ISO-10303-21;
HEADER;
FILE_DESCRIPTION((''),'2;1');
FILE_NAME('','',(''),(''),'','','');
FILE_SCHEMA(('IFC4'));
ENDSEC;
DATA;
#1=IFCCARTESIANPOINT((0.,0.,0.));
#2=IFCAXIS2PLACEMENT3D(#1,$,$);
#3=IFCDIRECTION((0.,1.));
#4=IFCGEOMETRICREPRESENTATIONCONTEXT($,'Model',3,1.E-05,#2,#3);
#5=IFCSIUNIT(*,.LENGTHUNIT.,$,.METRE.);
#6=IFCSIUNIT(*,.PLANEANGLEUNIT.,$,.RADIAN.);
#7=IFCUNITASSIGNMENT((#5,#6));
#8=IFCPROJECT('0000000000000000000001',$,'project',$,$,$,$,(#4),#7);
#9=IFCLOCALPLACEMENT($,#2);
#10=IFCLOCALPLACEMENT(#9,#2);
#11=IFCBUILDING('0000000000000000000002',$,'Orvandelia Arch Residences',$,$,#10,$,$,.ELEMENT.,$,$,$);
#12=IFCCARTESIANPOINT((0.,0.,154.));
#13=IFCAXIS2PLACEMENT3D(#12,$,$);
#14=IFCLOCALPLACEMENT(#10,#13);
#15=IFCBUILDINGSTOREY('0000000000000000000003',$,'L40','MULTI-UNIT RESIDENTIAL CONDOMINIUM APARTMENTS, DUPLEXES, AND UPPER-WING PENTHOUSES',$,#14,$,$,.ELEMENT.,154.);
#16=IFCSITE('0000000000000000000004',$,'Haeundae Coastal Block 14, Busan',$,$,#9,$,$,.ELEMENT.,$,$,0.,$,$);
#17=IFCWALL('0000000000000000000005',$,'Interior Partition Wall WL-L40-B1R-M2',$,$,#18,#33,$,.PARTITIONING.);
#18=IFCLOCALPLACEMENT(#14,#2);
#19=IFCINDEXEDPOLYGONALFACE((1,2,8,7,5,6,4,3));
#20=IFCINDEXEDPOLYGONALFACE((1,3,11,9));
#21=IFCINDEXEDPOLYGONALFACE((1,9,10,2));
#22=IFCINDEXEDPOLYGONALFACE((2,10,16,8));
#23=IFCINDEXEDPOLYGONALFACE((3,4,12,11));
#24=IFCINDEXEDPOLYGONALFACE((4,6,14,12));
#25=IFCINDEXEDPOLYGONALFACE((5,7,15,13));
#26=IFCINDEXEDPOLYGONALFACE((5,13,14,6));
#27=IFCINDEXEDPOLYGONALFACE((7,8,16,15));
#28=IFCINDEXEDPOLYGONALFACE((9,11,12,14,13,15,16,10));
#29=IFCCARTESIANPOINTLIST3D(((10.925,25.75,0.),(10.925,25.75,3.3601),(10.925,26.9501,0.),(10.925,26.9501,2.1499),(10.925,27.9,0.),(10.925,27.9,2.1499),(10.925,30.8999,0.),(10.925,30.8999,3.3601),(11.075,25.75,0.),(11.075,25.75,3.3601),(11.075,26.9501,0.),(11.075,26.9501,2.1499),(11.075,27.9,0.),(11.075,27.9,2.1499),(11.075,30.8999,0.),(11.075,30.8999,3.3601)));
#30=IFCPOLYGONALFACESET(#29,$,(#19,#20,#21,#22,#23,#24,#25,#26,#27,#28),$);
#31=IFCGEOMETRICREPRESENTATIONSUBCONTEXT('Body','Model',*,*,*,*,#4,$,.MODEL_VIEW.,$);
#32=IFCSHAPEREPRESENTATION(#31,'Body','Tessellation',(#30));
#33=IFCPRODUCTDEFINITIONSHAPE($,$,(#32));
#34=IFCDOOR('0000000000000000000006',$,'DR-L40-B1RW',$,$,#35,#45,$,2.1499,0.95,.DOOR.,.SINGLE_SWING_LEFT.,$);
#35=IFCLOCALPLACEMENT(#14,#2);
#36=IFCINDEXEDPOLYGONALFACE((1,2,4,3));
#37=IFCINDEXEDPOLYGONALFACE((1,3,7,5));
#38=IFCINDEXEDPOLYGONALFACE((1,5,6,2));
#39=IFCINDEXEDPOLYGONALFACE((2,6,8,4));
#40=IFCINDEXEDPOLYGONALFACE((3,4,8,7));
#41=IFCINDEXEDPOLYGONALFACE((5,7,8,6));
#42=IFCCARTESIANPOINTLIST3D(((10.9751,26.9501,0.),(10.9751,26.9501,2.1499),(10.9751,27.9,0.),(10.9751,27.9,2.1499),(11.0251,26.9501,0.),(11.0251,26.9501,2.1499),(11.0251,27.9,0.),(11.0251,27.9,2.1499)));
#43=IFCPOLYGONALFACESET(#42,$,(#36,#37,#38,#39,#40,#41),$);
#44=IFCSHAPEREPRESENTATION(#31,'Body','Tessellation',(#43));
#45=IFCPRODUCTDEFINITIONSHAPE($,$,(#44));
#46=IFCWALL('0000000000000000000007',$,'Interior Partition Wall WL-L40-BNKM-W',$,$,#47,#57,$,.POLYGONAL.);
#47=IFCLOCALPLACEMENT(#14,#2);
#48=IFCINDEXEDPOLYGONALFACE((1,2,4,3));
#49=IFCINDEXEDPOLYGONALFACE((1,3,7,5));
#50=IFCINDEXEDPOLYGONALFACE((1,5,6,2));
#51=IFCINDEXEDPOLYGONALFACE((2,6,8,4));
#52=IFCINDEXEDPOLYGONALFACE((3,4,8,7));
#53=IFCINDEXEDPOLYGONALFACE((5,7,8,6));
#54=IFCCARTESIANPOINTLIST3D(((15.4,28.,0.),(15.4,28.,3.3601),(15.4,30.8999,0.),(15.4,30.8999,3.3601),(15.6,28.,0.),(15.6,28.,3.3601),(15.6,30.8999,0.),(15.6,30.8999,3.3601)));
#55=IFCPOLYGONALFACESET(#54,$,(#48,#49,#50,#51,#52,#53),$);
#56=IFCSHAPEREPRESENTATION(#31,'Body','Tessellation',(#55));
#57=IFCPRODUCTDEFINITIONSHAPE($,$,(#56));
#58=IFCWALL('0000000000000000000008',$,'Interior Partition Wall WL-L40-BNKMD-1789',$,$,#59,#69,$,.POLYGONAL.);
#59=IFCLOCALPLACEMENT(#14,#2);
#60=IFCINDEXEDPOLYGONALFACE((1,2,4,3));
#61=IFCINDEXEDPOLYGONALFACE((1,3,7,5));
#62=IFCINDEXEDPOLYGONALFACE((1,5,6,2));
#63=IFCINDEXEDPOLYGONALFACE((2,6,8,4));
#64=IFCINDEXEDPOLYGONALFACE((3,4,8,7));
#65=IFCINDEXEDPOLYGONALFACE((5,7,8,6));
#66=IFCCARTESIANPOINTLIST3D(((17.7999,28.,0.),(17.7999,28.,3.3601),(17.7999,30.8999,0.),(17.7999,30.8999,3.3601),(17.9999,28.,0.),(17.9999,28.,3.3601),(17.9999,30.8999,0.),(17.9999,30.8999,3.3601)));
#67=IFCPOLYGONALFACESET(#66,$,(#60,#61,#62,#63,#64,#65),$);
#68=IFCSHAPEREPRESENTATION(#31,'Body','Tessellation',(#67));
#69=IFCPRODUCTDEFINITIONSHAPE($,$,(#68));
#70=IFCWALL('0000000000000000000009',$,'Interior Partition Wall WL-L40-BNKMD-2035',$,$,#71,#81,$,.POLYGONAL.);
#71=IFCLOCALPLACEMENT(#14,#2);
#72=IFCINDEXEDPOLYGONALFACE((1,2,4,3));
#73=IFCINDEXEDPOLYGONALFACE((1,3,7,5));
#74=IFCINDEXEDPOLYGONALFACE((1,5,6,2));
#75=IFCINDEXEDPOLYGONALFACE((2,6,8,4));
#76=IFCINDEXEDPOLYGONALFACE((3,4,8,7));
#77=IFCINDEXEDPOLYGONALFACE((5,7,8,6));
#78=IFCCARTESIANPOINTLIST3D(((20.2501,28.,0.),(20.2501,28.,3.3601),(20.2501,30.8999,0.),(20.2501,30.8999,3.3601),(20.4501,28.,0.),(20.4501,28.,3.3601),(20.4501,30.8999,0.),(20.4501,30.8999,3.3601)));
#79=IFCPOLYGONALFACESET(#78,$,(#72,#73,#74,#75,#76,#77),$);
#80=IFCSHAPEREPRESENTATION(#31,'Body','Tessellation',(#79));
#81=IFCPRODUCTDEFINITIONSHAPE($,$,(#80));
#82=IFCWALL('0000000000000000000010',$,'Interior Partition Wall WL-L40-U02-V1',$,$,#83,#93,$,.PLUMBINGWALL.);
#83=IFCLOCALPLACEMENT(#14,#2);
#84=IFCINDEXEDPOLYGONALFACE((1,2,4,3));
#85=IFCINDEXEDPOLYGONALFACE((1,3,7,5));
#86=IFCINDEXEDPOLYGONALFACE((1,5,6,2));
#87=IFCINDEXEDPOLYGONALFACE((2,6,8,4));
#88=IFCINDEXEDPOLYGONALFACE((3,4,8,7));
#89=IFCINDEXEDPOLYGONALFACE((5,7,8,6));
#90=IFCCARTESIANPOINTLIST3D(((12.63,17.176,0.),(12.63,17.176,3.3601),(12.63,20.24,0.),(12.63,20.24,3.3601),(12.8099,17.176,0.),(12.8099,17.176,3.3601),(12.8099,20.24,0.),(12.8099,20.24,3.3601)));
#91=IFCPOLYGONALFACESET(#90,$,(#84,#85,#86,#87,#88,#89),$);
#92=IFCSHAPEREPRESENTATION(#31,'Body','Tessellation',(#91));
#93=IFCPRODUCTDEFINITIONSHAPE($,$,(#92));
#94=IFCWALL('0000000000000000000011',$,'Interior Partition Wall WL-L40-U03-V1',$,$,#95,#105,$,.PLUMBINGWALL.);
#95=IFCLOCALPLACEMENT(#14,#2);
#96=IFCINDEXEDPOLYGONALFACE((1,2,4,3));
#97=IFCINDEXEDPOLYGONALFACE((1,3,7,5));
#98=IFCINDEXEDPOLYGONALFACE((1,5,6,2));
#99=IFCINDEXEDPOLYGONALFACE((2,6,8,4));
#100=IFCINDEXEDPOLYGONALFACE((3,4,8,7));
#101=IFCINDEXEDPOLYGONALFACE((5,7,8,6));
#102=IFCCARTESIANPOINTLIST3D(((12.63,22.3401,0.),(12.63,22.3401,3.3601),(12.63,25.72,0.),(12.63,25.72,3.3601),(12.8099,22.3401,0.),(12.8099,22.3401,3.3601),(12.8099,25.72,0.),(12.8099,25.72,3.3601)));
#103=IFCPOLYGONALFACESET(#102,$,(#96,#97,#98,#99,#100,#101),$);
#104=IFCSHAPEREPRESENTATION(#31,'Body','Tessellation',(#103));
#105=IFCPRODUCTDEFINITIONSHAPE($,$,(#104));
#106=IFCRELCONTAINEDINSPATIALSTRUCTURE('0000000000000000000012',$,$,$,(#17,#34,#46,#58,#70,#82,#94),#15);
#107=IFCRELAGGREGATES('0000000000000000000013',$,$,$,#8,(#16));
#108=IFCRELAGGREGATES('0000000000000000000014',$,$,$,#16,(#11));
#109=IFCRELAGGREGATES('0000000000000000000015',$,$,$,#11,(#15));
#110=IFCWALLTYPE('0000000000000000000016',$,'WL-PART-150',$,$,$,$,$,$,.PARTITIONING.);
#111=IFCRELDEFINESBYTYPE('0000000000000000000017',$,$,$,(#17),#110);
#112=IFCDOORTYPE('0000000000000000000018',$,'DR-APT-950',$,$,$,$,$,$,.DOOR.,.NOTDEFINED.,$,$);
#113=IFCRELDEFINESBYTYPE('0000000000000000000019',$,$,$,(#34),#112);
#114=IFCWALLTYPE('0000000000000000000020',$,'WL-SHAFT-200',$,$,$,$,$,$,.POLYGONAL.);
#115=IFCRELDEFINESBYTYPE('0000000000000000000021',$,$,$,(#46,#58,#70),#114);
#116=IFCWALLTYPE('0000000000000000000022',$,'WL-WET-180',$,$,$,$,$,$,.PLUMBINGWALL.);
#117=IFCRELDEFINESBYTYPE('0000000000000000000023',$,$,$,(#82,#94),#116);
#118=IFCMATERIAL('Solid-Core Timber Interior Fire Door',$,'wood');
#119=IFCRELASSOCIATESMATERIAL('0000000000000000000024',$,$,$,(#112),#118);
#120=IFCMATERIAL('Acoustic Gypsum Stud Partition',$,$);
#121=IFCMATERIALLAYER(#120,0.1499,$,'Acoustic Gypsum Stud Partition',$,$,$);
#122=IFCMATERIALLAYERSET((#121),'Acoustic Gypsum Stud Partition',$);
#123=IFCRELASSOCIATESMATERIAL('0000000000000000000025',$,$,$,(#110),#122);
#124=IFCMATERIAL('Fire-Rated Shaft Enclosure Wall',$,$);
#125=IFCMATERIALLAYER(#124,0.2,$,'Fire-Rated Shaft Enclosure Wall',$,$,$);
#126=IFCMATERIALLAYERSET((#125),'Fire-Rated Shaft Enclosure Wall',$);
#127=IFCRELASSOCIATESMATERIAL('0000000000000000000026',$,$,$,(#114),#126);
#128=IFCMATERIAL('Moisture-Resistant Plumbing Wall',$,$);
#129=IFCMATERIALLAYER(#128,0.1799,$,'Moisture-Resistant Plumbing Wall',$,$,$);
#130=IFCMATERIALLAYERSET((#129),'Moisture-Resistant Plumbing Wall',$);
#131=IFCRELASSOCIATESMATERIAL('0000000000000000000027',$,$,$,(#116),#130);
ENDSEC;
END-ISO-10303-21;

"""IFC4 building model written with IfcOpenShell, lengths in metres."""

from ifc_helpers import new_model, si_unit, direction, frame, frame_2d, origin, place, context, subcontext, project, spatial, rectangle, extrude, material, layer, layer_set, type_object, element, fill, save


model = new_model("IFC4")

# Units and contexts
model_context = context("Model", 3, precision=1e-05, world=origin(), true_north=direction((0.0, 1.0)))
body_context = subcontext(model_context, "Body", "Model", "MODEL_VIEW")
ifc_project = project(units=[si_unit("LENGTHUNIT", "METRE"), si_unit("PLANEANGLEUNIT", "RADIAN")], contexts=[model_context])

# Site, building, storey
site_placement = place(None, origin())
site = spatial("IfcSite", under=ifc_project, at=site_placement, Name="Haeundae Coastal Block 14, Busan", CompositionType="ELEMENT", RefElevation=0.0)
building_placement = place(site_placement, origin())
building = spatial("IfcBuilding", under=site, at=building_placement, Name="Orvandelia Arch Residences", CompositionType="ELEMENT")
storey_placement = place(building_placement, frame((0.0, 0.0, 154.0)))
storey = spatial("IfcBuildingStorey", under=building, at=storey_placement, Name="L40", Description="MULTI-UNIT RESIDENTIAL CONDOMINIUM APARTMENTS, DUPLEXES, AND UPPER-WING PENTHOUSES", CompositionType="ELEMENT", Elevation=154.0)

# Shared definitions
ifc_material_1 = material(Name="Solid-Core Timber Interior Fire Door", Category="wood")
door_type_1 = type_object("IfcDoorType", Name="DR-APT-950", OperationType="NOTDEFINED", PredefinedType="DOOR", material=ifc_material_1)

# Shared definitions
ifc_material_2 = material(Name="Acoustic Gypsum Stud Partition")
ifc_layer_1 = layer(ifc_material_2, 0.1499, Name="Acoustic Gypsum Stud Partition")
ifc_layer_set_1 = layer_set([ifc_layer_1], Name="Acoustic Gypsum Stud Partition")
wall_type_1 = type_object("IfcWallType", Name="WL-PART-150", PredefinedType="PARTITIONING", material=ifc_layer_set_1)

# Wall, opening, door
wall_1_placement = place(storey_placement, frame((11.0, 25.75, 0.0), z_axis=(0.0, 0.0, 1.0), x_axis=(0.0, 1.0, 0.0)))
wall_1 = element("IfcWall", 1, at=wall_1_placement, inside=storey, type_object=wall_type_1, Name="Interior Partition Wall WL-L40-B1R-M2", PredefinedType="PARTITIONING", context=body_context, shape_type="SweptSolid", body=[
    extrude(rectangle(XDim=5.1499, YDim=0.1499, at=frame_2d((2.575, 0.0))), origin(), (0.0, 0.0, 1.0), 3.3601),
])
opening_1_placement = place(wall_1_placement, frame((1.2, 0.0, 0.0)))
opening_1 = element("IfcOpeningElement", 2, at=opening_1_placement, cuts=wall_1, PredefinedType="OPENING", context=body_context, shape_type="SweptSolid", body=[
    extrude(rectangle(XDim=0.95, YDim=2.1499, at=frame_2d((0.4751, 1.075))), frame((0.0, 0.085, 0.0), z_axis=(0.0, -1.0, 0.0), x_axis=(1.0, 0.0, 0.0)), (0.0, 0.0, 1.0), 0.1699),
])
door_1_placement = place(opening_1_placement, origin())
door_1 = element("IfcDoor", 3, at=door_1_placement, inside=storey, type_object=door_type_1, Name="DR-L40-B1RW", OperationType="SINGLE_SWING_LEFT", OverallHeight=2.1499, OverallWidth=0.95, PredefinedType="DOOR", context=body_context, shape_type="SweptSolid", body=[
    extrude(rectangle(XDim=0.95, YDim=2.1499, at=frame_2d((0.4751, 1.075))), frame((0.0, 0.0249, 0.0), z_axis=(0.0, -1.0, 0.0), x_axis=(1.0, 0.0, 0.0)), (0.0, 0.0, 1.0), 0.05),
])
fill(opening_1, door_1)
ifc_material_3 = material(Name="Fire-Rated Shaft Enclosure Wall")
ifc_layer_2 = layer(ifc_material_3, 0.2, Name="Fire-Rated Shaft Enclosure Wall")
ifc_layer_set_2 = layer_set([ifc_layer_2], Name="Fire-Rated Shaft Enclosure Wall")
wall_type_2 = type_object("IfcWallType", Name="WL-SHAFT-200", PredefinedType="POLYGONAL", material=ifc_layer_set_2)

# Walls
for number, where, z_axis, x_axis, name in (
    (4, (15.5, 28.0, 0.0), (0.0, 0.0, 1.0), (0.0, 1.0, 0.0), "Interior Partition Wall WL-L40-BNKM-W"),
    (5, (17.8999, 28.0, 0.0), (0.0, 0.0, 1.0), (0.0, 1.0, 0.0), "Interior Partition Wall WL-L40-BNKMD-1789"),
    (6, (20.3501, 28.0, 0.0), (0.0, 0.0, 1.0), (0.0, 1.0, 0.0), "Interior Partition Wall WL-L40-BNKMD-2035"),
):
    element("IfcWall", number, at=place(storey_placement, frame(where, z_axis=z_axis, x_axis=x_axis)), inside=storey, type_object=wall_type_2, Name=name, PredefinedType="POLYGONAL", context=body_context, shape_type="SweptSolid", body=[
        extrude(rectangle(XDim=2.8999, YDim=0.2, at=frame_2d((1.45, 0.0))), origin(), (0.0, 0.0, 1.0), 3.3601),
    ])
ifc_material_4 = material(Name="Moisture-Resistant Plumbing Wall")
ifc_layer_3 = layer(ifc_material_4, 0.1799, Name="Moisture-Resistant Plumbing Wall")
ifc_layer_set_3 = layer_set([ifc_layer_3], Name="Moisture-Resistant Plumbing Wall")
wall_type_3 = type_object("IfcWallType", Name="WL-WET-180", PredefinedType="PLUMBINGWALL", material=ifc_layer_set_3)
wall_2_placement = place(storey_placement, frame((12.72, 17.176, 0.0), z_axis=(0.0, 0.0, 1.0), x_axis=(0.0, 1.0, 0.0)))
element("IfcWall", 7, at=wall_2_placement, inside=storey, type_object=wall_type_3, Name="Interior Partition Wall WL-L40-U02-V1", PredefinedType="PLUMBINGWALL", context=body_context, shape_type="SweptSolid", body=[
    extrude(rectangle(XDim=3.064, YDim=0.1799, at=frame_2d((1.532, 0.0))), origin(), (0.0, 0.0, 1.0), 3.3601),
])
wall_3_placement = place(storey_placement, frame((12.72, 22.3401, 0.0), z_axis=(0.0, 0.0, 1.0), x_axis=(0.0, 1.0, 0.0)))
element("IfcWall", 8, at=wall_3_placement, inside=storey, type_object=wall_type_3, Name="Interior Partition Wall WL-L40-U03-V1", PredefinedType="PLUMBINGWALL", context=body_context, shape_type="SweptSolid", body=[
    extrude(rectangle(XDim=3.3799, YDim=0.1799, at=frame_2d((1.6899, 0.0))), origin(), (0.0, 0.0, 1.0), 3.3601),
])

save(model, "model.ifc")
